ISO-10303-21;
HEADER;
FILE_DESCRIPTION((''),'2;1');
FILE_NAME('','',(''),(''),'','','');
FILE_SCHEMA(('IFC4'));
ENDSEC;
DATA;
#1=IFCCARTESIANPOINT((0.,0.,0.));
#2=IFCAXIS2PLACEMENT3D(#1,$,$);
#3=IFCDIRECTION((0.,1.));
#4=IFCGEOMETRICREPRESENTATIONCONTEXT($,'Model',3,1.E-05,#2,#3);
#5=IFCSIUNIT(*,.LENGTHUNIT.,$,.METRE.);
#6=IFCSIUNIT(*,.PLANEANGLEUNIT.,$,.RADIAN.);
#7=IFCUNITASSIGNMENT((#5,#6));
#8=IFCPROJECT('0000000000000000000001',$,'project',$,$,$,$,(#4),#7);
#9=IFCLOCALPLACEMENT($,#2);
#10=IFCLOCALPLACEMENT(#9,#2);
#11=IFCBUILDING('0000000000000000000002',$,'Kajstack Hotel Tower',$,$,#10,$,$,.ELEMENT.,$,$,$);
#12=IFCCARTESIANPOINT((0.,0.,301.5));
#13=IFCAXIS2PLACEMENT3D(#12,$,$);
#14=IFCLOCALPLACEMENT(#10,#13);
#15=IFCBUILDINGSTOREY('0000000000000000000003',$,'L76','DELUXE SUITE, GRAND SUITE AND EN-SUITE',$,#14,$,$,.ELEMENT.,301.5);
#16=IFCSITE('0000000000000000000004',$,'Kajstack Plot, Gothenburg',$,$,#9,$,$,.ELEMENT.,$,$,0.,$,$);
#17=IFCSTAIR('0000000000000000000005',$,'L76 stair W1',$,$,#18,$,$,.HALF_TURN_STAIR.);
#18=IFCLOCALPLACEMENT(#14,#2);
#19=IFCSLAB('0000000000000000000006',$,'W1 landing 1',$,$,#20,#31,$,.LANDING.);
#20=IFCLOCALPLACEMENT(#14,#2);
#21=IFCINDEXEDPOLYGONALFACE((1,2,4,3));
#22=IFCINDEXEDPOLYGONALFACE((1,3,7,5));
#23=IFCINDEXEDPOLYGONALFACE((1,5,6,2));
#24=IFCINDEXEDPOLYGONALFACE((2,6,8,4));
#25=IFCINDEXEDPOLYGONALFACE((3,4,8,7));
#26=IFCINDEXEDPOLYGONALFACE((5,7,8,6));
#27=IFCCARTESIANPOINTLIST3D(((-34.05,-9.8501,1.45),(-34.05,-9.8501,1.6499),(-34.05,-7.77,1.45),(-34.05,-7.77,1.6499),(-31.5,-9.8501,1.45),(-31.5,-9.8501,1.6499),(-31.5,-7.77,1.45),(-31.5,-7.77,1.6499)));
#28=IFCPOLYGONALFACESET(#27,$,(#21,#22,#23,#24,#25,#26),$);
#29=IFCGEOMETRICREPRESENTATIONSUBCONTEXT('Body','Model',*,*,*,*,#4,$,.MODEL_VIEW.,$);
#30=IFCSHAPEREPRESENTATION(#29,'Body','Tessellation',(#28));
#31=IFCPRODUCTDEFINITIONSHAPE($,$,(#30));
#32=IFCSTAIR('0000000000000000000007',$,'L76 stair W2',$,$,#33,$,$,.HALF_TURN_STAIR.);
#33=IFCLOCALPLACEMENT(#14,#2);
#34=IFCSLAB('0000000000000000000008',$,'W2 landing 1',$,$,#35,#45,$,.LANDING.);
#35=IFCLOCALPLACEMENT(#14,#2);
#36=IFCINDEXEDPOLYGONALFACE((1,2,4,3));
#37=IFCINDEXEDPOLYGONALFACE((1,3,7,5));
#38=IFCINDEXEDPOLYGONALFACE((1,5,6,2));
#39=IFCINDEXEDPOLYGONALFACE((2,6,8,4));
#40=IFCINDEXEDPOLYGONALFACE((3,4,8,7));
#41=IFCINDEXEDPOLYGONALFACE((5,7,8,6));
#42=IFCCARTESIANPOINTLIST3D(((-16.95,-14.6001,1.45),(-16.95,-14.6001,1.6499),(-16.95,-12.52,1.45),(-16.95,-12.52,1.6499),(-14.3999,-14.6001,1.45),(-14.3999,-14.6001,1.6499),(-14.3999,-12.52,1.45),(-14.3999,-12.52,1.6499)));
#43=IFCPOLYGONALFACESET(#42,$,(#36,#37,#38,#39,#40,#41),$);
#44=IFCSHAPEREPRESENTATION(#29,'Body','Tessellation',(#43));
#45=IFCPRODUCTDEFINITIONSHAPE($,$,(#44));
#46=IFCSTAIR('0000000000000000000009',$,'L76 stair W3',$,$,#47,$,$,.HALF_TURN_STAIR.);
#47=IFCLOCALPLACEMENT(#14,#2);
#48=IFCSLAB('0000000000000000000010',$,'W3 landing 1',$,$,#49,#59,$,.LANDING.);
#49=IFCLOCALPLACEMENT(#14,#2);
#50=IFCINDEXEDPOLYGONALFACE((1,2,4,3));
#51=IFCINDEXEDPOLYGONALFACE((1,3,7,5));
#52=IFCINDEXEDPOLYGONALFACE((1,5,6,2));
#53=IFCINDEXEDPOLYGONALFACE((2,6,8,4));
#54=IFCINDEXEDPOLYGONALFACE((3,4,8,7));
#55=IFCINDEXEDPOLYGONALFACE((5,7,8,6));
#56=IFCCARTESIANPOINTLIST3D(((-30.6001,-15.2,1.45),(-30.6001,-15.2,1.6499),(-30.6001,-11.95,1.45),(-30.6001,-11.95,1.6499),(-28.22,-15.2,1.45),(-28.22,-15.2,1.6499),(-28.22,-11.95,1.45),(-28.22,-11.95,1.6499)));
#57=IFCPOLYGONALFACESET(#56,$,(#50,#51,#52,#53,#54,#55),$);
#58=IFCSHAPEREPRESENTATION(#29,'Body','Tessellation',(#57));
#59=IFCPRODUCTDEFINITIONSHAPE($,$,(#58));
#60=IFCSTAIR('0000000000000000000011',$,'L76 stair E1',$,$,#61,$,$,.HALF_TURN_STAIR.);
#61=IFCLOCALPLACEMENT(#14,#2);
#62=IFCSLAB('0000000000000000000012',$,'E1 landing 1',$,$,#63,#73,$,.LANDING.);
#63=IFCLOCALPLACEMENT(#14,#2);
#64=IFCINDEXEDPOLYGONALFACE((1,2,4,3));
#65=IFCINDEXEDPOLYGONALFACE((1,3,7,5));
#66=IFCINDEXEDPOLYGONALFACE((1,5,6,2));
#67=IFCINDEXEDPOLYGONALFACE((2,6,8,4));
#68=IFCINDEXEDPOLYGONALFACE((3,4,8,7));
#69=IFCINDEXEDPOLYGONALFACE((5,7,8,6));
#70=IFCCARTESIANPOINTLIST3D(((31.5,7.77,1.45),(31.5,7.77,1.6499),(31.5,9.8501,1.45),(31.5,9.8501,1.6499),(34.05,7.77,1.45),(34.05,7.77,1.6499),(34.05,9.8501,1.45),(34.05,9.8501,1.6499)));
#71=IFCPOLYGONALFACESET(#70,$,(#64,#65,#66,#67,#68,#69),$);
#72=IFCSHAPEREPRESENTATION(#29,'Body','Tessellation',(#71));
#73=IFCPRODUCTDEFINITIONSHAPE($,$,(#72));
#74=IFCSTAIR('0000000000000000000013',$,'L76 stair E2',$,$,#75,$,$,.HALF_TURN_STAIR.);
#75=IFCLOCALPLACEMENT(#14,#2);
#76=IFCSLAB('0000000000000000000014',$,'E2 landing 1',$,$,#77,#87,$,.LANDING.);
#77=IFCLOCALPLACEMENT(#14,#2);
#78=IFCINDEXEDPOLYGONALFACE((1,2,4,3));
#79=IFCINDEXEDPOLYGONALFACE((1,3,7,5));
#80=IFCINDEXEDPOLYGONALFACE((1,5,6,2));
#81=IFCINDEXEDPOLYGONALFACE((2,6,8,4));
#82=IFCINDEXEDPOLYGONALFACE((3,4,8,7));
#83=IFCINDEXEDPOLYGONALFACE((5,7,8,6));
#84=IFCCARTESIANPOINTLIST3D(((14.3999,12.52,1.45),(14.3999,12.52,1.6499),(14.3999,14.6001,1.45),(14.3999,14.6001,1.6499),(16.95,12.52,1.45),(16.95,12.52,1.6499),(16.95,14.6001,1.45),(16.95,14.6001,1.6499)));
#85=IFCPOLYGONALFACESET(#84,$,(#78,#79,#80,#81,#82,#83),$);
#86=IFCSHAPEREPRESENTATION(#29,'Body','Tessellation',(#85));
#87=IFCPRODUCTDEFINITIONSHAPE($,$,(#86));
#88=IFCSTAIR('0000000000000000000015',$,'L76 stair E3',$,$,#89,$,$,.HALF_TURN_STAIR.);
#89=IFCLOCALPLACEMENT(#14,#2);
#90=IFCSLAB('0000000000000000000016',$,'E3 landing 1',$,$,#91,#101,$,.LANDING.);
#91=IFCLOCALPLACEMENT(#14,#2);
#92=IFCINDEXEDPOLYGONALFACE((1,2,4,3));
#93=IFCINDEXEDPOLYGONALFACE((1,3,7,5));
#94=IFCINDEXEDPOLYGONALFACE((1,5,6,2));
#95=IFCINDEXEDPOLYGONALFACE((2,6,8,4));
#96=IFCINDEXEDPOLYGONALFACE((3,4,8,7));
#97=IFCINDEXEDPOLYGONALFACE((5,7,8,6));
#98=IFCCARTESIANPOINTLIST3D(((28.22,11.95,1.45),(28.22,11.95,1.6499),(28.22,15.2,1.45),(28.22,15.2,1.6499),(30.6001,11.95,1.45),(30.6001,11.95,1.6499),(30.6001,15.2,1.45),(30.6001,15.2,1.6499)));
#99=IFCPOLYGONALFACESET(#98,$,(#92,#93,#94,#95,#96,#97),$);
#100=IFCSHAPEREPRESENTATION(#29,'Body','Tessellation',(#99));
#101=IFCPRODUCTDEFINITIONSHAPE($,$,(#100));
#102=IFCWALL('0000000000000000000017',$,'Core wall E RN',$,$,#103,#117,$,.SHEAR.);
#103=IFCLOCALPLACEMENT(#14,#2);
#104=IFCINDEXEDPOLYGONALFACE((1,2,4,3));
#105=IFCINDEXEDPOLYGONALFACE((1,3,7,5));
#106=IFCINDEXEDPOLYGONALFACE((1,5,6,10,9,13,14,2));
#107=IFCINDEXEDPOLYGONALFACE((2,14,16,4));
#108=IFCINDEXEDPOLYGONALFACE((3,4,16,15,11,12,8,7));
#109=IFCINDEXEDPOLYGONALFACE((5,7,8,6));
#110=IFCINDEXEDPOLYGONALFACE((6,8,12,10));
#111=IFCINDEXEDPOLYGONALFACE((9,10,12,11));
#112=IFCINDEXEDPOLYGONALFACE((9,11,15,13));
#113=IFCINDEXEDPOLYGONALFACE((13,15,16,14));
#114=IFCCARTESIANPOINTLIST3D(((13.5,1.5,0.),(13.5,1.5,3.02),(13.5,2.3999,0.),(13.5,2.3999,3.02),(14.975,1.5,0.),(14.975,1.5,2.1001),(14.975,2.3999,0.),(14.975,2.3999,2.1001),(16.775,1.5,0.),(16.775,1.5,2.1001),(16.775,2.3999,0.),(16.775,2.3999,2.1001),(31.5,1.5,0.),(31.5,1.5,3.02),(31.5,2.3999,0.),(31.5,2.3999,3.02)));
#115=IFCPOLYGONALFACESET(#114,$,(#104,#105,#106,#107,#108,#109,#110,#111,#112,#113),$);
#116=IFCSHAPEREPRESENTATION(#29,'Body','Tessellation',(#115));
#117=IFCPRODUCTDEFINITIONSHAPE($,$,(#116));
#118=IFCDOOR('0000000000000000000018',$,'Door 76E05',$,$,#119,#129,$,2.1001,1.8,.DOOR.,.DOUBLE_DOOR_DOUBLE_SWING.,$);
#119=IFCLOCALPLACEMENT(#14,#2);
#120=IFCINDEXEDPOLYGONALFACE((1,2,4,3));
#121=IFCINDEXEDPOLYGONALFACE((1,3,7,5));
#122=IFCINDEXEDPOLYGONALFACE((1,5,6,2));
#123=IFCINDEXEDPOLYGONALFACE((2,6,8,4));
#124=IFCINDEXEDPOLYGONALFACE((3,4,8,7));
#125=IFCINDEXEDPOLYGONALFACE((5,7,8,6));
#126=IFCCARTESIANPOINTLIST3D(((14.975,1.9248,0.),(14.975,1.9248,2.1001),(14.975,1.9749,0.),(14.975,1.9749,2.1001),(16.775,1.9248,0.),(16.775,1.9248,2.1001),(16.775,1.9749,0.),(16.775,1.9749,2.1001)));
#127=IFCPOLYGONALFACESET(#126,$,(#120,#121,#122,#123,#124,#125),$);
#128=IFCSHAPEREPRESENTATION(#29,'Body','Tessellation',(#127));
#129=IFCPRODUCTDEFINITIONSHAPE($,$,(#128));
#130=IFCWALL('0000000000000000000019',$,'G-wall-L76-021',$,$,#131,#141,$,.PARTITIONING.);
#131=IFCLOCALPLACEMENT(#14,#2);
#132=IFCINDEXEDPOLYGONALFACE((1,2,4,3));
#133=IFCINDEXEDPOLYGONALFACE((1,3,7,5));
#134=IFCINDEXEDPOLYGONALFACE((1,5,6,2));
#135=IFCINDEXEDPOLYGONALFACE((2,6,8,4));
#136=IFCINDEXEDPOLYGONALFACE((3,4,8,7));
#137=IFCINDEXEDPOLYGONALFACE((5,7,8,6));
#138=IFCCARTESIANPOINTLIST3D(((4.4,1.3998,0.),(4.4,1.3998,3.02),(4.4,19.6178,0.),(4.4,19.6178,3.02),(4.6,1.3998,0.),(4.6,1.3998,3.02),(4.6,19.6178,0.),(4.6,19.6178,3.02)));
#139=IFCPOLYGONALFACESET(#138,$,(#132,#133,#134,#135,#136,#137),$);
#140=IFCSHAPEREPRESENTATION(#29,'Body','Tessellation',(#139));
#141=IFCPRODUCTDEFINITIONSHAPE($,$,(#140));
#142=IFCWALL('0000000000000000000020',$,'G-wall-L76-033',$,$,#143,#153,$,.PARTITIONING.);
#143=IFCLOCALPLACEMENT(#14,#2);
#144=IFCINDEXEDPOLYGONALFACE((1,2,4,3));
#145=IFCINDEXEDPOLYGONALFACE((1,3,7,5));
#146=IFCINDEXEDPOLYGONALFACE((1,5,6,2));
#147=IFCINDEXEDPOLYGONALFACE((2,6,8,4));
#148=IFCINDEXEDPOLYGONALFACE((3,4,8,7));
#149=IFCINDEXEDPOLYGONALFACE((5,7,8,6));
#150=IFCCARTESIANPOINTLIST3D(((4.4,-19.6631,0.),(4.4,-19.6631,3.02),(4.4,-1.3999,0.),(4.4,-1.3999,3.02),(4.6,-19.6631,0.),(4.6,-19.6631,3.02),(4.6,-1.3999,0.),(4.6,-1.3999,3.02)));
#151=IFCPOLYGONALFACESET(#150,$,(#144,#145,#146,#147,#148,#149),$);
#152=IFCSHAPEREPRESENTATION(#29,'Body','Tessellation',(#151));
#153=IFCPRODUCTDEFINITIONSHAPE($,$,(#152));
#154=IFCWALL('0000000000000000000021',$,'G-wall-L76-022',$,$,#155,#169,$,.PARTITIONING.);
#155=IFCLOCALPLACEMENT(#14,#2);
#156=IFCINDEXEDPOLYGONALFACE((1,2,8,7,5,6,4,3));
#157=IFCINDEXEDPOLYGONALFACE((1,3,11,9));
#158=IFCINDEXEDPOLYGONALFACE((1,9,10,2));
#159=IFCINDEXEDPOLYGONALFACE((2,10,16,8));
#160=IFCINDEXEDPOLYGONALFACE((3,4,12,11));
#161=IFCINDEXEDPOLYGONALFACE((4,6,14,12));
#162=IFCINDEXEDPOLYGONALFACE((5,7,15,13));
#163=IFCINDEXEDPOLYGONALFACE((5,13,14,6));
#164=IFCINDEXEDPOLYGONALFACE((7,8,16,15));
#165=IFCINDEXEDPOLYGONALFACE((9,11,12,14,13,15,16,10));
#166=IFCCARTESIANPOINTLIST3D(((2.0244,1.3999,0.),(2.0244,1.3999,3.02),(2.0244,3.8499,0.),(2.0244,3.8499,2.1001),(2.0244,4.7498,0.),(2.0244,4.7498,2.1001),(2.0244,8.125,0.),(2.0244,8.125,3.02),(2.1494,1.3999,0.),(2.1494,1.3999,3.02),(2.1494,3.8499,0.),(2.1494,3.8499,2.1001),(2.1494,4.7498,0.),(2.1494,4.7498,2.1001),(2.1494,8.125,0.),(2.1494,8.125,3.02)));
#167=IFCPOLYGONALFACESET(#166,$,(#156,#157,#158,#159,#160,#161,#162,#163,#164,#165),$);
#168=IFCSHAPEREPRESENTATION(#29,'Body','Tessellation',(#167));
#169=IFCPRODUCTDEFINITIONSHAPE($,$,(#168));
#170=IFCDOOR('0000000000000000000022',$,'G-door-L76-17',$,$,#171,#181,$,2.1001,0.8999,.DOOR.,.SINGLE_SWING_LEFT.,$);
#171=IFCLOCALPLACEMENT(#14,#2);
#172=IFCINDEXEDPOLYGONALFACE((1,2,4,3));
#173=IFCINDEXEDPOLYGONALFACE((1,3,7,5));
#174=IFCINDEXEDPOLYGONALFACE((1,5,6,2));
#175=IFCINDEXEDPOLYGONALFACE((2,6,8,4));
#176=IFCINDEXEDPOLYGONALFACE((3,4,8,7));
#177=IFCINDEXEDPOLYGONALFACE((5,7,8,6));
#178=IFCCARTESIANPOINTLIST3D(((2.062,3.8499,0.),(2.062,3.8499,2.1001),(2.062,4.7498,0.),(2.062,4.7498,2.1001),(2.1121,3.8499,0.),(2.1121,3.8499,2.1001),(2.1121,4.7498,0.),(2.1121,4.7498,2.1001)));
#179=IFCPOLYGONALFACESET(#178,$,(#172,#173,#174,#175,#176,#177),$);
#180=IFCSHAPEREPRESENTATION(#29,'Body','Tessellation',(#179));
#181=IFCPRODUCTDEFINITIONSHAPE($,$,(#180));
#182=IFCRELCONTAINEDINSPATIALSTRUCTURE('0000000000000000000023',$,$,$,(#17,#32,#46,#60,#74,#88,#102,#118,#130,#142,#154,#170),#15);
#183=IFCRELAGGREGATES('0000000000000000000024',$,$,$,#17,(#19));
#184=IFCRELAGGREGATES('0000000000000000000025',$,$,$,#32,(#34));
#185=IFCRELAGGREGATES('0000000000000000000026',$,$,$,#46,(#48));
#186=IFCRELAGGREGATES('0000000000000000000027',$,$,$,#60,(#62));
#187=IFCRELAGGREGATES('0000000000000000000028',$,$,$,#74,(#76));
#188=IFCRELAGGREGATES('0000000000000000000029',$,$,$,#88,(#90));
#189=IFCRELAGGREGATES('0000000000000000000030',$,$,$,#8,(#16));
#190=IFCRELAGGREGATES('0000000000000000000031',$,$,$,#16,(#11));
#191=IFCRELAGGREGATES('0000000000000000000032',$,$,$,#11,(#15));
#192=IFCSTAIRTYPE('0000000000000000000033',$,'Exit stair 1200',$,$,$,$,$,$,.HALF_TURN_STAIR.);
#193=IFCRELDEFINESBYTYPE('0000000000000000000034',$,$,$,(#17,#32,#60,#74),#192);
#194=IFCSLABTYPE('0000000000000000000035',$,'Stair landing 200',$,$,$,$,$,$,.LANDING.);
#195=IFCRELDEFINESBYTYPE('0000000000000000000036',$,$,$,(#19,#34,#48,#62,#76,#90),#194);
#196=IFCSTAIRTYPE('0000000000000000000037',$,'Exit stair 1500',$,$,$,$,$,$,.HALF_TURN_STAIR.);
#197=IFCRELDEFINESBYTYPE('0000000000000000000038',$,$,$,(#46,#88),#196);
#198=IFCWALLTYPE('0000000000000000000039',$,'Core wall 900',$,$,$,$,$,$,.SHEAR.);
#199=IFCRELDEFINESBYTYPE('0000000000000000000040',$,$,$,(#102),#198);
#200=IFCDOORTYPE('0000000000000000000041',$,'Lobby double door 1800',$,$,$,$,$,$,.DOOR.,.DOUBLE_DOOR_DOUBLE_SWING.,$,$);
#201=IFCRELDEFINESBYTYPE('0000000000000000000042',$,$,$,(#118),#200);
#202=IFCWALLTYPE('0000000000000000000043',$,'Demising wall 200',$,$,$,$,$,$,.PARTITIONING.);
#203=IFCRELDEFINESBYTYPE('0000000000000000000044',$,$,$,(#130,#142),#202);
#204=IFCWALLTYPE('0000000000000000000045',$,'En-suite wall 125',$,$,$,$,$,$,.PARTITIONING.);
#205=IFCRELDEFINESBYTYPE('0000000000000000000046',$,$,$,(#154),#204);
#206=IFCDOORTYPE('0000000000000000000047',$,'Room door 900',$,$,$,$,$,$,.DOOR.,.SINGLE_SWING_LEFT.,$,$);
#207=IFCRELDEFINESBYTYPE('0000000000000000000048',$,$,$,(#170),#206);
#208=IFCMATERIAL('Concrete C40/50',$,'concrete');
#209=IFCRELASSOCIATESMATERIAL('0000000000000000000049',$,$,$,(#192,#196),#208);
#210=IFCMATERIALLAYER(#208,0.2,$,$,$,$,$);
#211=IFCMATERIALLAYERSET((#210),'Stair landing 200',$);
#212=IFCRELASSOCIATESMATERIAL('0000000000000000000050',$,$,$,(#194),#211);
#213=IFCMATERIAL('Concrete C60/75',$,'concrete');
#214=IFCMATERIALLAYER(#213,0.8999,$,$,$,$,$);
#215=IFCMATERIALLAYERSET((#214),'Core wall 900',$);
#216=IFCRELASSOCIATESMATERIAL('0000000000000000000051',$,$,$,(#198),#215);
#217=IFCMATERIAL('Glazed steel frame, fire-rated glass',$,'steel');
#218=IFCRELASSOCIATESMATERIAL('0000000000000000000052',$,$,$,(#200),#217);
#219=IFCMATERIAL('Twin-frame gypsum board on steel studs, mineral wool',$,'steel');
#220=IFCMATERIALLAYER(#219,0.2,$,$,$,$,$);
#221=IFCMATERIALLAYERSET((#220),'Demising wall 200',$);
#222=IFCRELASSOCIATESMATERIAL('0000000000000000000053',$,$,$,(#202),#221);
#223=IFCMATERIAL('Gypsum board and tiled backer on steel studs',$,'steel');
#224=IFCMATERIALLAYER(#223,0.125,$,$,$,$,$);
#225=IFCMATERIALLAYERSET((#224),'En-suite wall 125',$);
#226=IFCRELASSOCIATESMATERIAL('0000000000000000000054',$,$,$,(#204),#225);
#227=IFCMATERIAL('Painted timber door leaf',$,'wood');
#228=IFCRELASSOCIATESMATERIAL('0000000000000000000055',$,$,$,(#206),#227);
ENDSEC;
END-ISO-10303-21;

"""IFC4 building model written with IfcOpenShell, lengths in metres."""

from ifc_helpers import new_model, si_unit, direction, frame, frame_2d, origin, place, context, subcontext, project, spatial, polyline, rectangle, outline, extrude, material, layer, layer_set, type_object, element, fill, aggregate, save


model = new_model("IFC4")

# Units and contexts
model_context = context("Model", 3, precision=1e-05, world=origin(), true_north=direction((0.0, 1.0)))
body_context = subcontext(model_context, "Body", "Model", "MODEL_VIEW")
ifc_project = project(units=[si_unit("LENGTHUNIT", "METRE"), si_unit("PLANEANGLEUNIT", "RADIAN")], contexts=[model_context])

# Site, building, storey
site_placement = place(None, origin())
site = spatial("IfcSite", under=ifc_project, at=site_placement, Name="Kajstack Plot, Gothenburg", CompositionType="ELEMENT", RefElevation=0.0)
building_placement = place(site_placement, origin())
building = spatial("IfcBuilding", under=site, at=building_placement, Name="Kajstack Hotel Tower", CompositionType="ELEMENT")
storey_placement = place(building_placement, frame((0.0, 0.0, 301.5)))
storey = spatial("IfcBuildingStorey", under=building, at=storey_placement, Name="L76", Description="DELUXE SUITE, GRAND SUITE AND EN-SUITE", CompositionType="ELEMENT", Elevation=301.5)

# Stairs, slabs
ifc_material_1 = material(Name="Concrete C40/50", Category="concrete")
stair_type_1 = type_object("IfcStairType", Name="Exit stair 1200", PredefinedType="HALF_TURN_STAIR", material=ifc_material_1)
stair_1_placement = place(storey_placement, origin())
stair_1 = element("IfcStair", 1, at=stair_1_placement, inside=storey, type_object=stair_type_1, Name="L76 stair W1", PredefinedType="HALF_TURN_STAIR")
ifc_layer_1 = layer(ifc_material_1, 0.2)
ifc_layer_set_1 = layer_set([ifc_layer_1], Name="Stair landing 200")
slab_type = type_object("IfcSlabType", Name="Stair landing 200", PredefinedType="LANDING", material=ifc_layer_set_1)
slab_1_placement = place(storey_placement, frame((0.0, 0.0, 1.45)))
slab_1 = element("IfcSlab", 2, at=slab_1_placement, type_object=slab_type, Name="W1 landing 1", PredefinedType="LANDING", context=body_context, shape_type="SweptSolid", body=[
    extrude(outline(polyline([(-34.05, -7.77), (-34.05, -9.8501), (-31.5, -9.8501), (-31.5, -7.77), (-34.05, -7.77)])), origin(), (0.0, 0.0, 1.0), 0.2),
])
aggregate(stair_1, [slab_1])
stair_2_placement = place(storey_placement, origin())
stair_2 = element("IfcStair", 3, at=stair_2_placement, inside=storey, type_object=stair_type_1, Name="L76 stair W2", PredefinedType="HALF_TURN_STAIR")
slab_2_placement = place(storey_placement, frame((0.0, 0.0, 1.45)))
slab_2 = element("IfcSlab", 4, at=slab_2_placement, type_object=slab_type, Name="W2 landing 1", PredefinedType="LANDING", context=body_context, shape_type="SweptSolid", body=[
    extrude(outline(polyline([(-16.95, -12.52), (-16.95, -14.6001), (-14.3999, -14.6001), (-14.3999, -12.52), (-16.95, -12.52)])), origin(), (0.0, 0.0, 1.0), 0.2),
])
aggregate(stair_2, [slab_2])
stair_type_2 = type_object("IfcStairType", Name="Exit stair 1500", PredefinedType="HALF_TURN_STAIR", material=ifc_material_1)
stair_3_placement = place(storey_placement, origin())
stair_3 = element("IfcStair", 5, at=stair_3_placement, inside=storey, type_object=stair_type_2, Name="L76 stair W3", PredefinedType="HALF_TURN_STAIR")
slab_3_placement = place(storey_placement, frame((0.0, 0.0, 1.45)))
slab_3 = element("IfcSlab", 6, at=slab_3_placement, type_object=slab_type, Name="W3 landing 1", PredefinedType="LANDING", context=body_context, shape_type="SweptSolid", body=[
    extrude(outline(polyline([(-28.22, -11.95), (-30.6001, -11.95), (-30.6001, -15.2), (-28.22, -15.2), (-28.22, -11.95)])), origin(), (0.0, 0.0, 1.0), 0.2),
])
aggregate(stair_3, [slab_3])
stair_4_placement = place(storey_placement, origin())
stair_4 = element("IfcStair", 7, at=stair_4_placement, inside=storey, type_object=stair_type_1, Name="L76 stair E1", PredefinedType="HALF_TURN_STAIR")
slab_4_placement = place(storey_placement, frame((0.0, 0.0, 1.45)))
slab_4 = element("IfcSlab", 8, at=slab_4_placement, type_object=slab_type, Name="E1 landing 1", PredefinedType="LANDING", context=body_context, shape_type="SweptSolid", body=[
    extrude(outline(polyline([(34.05, 7.77), (34.05, 9.8501), (31.5, 9.8501), (31.5, 7.77), (34.05, 7.77)])), origin(), (0.0, 0.0, 1.0), 0.2),
])
aggregate(stair_4, [slab_4])
stair_5_placement = place(storey_placement, origin())
stair_5 = element("IfcStair", 9, at=stair_5_placement, inside=storey, type_object=stair_type_1, Name="L76 stair E2", PredefinedType="HALF_TURN_STAIR")
slab_5_placement = place(storey_placement, frame((0.0, 0.0, 1.45)))
slab_5 = element("IfcSlab", 10, at=slab_5_placement, type_object=slab_type, Name="E2 landing 1", PredefinedType="LANDING", context=body_context, shape_type="SweptSolid", body=[
    extrude(outline(polyline([(16.95, 12.52), (16.95, 14.6001), (14.3999, 14.6001), (14.3999, 12.52), (16.95, 12.52)])), origin(), (0.0, 0.0, 1.0), 0.2),
])
aggregate(stair_5, [slab_5])
stair_6_placement = place(storey_placement, origin())
stair_6 = element("IfcStair", 11, at=stair_6_placement, inside=storey, type_object=stair_type_2, Name="L76 stair E3", PredefinedType="HALF_TURN_STAIR")
slab_6_placement = place(storey_placement, frame((0.0, 0.0, 1.45)))
slab_6 = element("IfcSlab", 12, at=slab_6_placement, type_object=slab_type, Name="E3 landing 1", PredefinedType="LANDING", context=body_context, shape_type="SweptSolid", body=[
    extrude(outline(polyline([(28.22, 11.95), (30.6001, 11.95), (30.6001, 15.2), (28.22, 15.2), (28.22, 11.95)])), origin(), (0.0, 0.0, 1.0), 0.2),
])
aggregate(stair_6, [slab_6])

# Wall, opening, door
ifc_material_2 = material(Name="Concrete C60/75", Category="concrete")
ifc_layer_2 = layer(ifc_material_2, 0.8999)
ifc_layer_set_2 = layer_set([ifc_layer_2], Name="Core wall 900")
wall_type_1 = type_object("IfcWallType", Name="Core wall 900", PredefinedType="SHEAR", material=ifc_layer_set_2)
wall_1_placement = place(storey_placement, frame((13.5, 1.95, 0.0), z_axis=(0.0, 0.0, 1.0), x_axis=(1.0, 0.0, 0.0)))
wall_1 = element("IfcWall", 13, at=wall_1_placement, inside=storey, type_object=wall_type_1, Name="Core wall E RN", PredefinedType="SHEAR", context=body_context, shape_type="SweptSolid", body=[
    extrude(rectangle(XDim=18.0, YDim=0.8999, at=frame_2d((9.0, 0.0))), origin(), (0.0, 0.0, 1.0), 3.02),
])
opening_1_placement = place(wall_1_placement, frame((1.4751, 0.0, 0.0)))
opening_1 = element("IfcOpeningElement", 14, at=opening_1_placement, cuts=wall_1, PredefinedType="OPENING", context=body_context, shape_type="SweptSolid", body=[
    extrude(rectangle(XDim=1.8, YDim=2.1001, at=frame_2d((0.8999, 1.05))), frame((0.0, 0.46, 0.0), z_axis=(0.0, -1.0, 0.0), x_axis=(1.0, 0.0, 0.0)), (0.0, 0.0, 1.0), 0.9199),
])
ifc_material_3 = material(Name="Glazed steel frame, fire-rated glass", Category="steel")
door_type_1 = type_object("IfcDoorType", Name="Lobby double door 1800", OperationType="DOUBLE_DOOR_DOUBLE_SWING", PredefinedType="DOOR", material=ifc_material_3)
door_1_placement = place(opening_1_placement, origin())
door_1 = element("IfcDoor", 15, at=door_1_placement, inside=storey, type_object=door_type_1, Name="Door 76E05", OperationType="DOUBLE_DOOR_DOUBLE_SWING", OverallHeight=2.1001, OverallWidth=1.8, PredefinedType="DOOR", context=body_context, shape_type="SweptSolid", body=[
    extrude(rectangle(XDim=1.8, YDim=2.1001, at=frame_2d((0.8999, 1.05))), frame((0.0, 0.0249, 0.0), z_axis=(0.0, -1.0, 0.0), x_axis=(1.0, 0.0, 0.0)), (0.0, 0.0, 1.0), 0.05),
])
fill(opening_1, door_1)

# Walls
ifc_material_4 = material(Name="Twin-frame gypsum board on steel studs, mineral wool", Category="steel")
ifc_layer_3 = layer(ifc_material_4, 0.2)
ifc_layer_set_3 = layer_set([ifc_layer_3], Name="Demising wall 200")
wall_type_2 = type_object("IfcWallType", Name="Demising wall 200", PredefinedType="PARTITIONING", material=ifc_layer_set_3)
wall_2_placement = place(storey_placement, frame((4.5, 1.3999, 0.0), z_axis=(0.0, 0.0, 1.0), x_axis=(0.0, 1.0, 0.0)))
element("IfcWall", 16, at=wall_2_placement, inside=storey, type_object=wall_type_2, Name="G-wall-L76-021", PredefinedType="PARTITIONING", context=body_context, shape_type="SweptSolid", body=[
    extrude(rectangle(XDim=18.218, YDim=0.2, at=frame_2d((9.1089, 0.0))), origin(), (0.0, 0.0, 1.0), 3.02),
])
wall_3_placement = place(storey_placement, frame((4.5, -19.6631, 0.0), z_axis=(0.0, 0.0, 1.0), x_axis=(0.0, 1.0, 0.0)))
element("IfcWall", 17, at=wall_3_placement, inside=storey, type_object=wall_type_2, Name="G-wall-L76-033", PredefinedType="PARTITIONING", context=body_context, shape_type="SweptSolid", body=[
    extrude(rectangle(XDim=18.2632, YDim=0.2, at=frame_2d((9.1316, 0.0))), origin(), (0.0, 0.0, 1.0), 3.02),
])

# Wall, opening, door
ifc_material_5 = material(Name="Gypsum board and tiled backer on steel studs", Category="steel")
ifc_layer_4 = layer(ifc_material_5, 0.125)
ifc_layer_set_4 = layer_set([ifc_layer_4], Name="En-suite wall 125")
wall_type_3 = type_object("IfcWallType", Name="En-suite wall 125", PredefinedType="PARTITIONING", material=ifc_layer_set_4)
wall_4_placement = place(storey_placement, frame((2.0869, 1.3999, 0.0), z_axis=(0.0, 0.0, 1.0), x_axis=(0.0, 1.0, 0.0)))
wall_4 = element("IfcWall", 18, at=wall_4_placement, inside=storey, type_object=wall_type_3, Name="G-wall-L76-022", PredefinedType="PARTITIONING", context=body_context, shape_type="SweptSolid", body=[
    extrude(rectangle(XDim=6.7251, YDim=0.125, at=frame_2d((3.3625, 0.0))), origin(), (0.0, 0.0, 1.0), 3.02),
])
opening_2_placement = place(wall_4_placement, frame((2.45, 0.0, 0.0)))
opening_2 = element("IfcOpeningElement", 19, at=opening_2_placement, cuts=wall_4, PredefinedType="OPENING", context=body_context, shape_type="SweptSolid", body=[
    extrude(rectangle(XDim=0.8999, YDim=2.1001, at=frame_2d((0.45, 1.05))), frame((0.0, 0.0725, 0.0), z_axis=(0.0, -1.0, 0.0), x_axis=(1.0, 0.0, 0.0)), (0.0, 0.0, 1.0), 0.145),
])
ifc_material_6 = material(Name="Painted timber door leaf", Category="wood")
door_type_2 = type_object("IfcDoorType", Name="Room door 900", OperationType="SINGLE_SWING_LEFT", PredefinedType="DOOR", material=ifc_material_6)
door_2_placement = place(opening_2_placement, origin())
door_2 = element("IfcDoor", 20, at=door_2_placement, inside=storey, type_object=door_type_2, Name="G-door-L76-17", OperationType="SINGLE_SWING_LEFT", OverallHeight=2.1001, OverallWidth=0.8999, PredefinedType="DOOR", context=body_context, shape_type="SweptSolid", body=[
    extrude(rectangle(XDim=0.8999, YDim=2.1001, at=frame_2d((0.45, 1.05))), frame((0.0, 0.0249, 0.0), z_axis=(0.0, -1.0, 0.0), x_axis=(1.0, 0.0, 0.0)), (0.0, 0.0, 1.0), 0.05),
])
fill(opening_2, door_2)

save(model, "model.ifc")
